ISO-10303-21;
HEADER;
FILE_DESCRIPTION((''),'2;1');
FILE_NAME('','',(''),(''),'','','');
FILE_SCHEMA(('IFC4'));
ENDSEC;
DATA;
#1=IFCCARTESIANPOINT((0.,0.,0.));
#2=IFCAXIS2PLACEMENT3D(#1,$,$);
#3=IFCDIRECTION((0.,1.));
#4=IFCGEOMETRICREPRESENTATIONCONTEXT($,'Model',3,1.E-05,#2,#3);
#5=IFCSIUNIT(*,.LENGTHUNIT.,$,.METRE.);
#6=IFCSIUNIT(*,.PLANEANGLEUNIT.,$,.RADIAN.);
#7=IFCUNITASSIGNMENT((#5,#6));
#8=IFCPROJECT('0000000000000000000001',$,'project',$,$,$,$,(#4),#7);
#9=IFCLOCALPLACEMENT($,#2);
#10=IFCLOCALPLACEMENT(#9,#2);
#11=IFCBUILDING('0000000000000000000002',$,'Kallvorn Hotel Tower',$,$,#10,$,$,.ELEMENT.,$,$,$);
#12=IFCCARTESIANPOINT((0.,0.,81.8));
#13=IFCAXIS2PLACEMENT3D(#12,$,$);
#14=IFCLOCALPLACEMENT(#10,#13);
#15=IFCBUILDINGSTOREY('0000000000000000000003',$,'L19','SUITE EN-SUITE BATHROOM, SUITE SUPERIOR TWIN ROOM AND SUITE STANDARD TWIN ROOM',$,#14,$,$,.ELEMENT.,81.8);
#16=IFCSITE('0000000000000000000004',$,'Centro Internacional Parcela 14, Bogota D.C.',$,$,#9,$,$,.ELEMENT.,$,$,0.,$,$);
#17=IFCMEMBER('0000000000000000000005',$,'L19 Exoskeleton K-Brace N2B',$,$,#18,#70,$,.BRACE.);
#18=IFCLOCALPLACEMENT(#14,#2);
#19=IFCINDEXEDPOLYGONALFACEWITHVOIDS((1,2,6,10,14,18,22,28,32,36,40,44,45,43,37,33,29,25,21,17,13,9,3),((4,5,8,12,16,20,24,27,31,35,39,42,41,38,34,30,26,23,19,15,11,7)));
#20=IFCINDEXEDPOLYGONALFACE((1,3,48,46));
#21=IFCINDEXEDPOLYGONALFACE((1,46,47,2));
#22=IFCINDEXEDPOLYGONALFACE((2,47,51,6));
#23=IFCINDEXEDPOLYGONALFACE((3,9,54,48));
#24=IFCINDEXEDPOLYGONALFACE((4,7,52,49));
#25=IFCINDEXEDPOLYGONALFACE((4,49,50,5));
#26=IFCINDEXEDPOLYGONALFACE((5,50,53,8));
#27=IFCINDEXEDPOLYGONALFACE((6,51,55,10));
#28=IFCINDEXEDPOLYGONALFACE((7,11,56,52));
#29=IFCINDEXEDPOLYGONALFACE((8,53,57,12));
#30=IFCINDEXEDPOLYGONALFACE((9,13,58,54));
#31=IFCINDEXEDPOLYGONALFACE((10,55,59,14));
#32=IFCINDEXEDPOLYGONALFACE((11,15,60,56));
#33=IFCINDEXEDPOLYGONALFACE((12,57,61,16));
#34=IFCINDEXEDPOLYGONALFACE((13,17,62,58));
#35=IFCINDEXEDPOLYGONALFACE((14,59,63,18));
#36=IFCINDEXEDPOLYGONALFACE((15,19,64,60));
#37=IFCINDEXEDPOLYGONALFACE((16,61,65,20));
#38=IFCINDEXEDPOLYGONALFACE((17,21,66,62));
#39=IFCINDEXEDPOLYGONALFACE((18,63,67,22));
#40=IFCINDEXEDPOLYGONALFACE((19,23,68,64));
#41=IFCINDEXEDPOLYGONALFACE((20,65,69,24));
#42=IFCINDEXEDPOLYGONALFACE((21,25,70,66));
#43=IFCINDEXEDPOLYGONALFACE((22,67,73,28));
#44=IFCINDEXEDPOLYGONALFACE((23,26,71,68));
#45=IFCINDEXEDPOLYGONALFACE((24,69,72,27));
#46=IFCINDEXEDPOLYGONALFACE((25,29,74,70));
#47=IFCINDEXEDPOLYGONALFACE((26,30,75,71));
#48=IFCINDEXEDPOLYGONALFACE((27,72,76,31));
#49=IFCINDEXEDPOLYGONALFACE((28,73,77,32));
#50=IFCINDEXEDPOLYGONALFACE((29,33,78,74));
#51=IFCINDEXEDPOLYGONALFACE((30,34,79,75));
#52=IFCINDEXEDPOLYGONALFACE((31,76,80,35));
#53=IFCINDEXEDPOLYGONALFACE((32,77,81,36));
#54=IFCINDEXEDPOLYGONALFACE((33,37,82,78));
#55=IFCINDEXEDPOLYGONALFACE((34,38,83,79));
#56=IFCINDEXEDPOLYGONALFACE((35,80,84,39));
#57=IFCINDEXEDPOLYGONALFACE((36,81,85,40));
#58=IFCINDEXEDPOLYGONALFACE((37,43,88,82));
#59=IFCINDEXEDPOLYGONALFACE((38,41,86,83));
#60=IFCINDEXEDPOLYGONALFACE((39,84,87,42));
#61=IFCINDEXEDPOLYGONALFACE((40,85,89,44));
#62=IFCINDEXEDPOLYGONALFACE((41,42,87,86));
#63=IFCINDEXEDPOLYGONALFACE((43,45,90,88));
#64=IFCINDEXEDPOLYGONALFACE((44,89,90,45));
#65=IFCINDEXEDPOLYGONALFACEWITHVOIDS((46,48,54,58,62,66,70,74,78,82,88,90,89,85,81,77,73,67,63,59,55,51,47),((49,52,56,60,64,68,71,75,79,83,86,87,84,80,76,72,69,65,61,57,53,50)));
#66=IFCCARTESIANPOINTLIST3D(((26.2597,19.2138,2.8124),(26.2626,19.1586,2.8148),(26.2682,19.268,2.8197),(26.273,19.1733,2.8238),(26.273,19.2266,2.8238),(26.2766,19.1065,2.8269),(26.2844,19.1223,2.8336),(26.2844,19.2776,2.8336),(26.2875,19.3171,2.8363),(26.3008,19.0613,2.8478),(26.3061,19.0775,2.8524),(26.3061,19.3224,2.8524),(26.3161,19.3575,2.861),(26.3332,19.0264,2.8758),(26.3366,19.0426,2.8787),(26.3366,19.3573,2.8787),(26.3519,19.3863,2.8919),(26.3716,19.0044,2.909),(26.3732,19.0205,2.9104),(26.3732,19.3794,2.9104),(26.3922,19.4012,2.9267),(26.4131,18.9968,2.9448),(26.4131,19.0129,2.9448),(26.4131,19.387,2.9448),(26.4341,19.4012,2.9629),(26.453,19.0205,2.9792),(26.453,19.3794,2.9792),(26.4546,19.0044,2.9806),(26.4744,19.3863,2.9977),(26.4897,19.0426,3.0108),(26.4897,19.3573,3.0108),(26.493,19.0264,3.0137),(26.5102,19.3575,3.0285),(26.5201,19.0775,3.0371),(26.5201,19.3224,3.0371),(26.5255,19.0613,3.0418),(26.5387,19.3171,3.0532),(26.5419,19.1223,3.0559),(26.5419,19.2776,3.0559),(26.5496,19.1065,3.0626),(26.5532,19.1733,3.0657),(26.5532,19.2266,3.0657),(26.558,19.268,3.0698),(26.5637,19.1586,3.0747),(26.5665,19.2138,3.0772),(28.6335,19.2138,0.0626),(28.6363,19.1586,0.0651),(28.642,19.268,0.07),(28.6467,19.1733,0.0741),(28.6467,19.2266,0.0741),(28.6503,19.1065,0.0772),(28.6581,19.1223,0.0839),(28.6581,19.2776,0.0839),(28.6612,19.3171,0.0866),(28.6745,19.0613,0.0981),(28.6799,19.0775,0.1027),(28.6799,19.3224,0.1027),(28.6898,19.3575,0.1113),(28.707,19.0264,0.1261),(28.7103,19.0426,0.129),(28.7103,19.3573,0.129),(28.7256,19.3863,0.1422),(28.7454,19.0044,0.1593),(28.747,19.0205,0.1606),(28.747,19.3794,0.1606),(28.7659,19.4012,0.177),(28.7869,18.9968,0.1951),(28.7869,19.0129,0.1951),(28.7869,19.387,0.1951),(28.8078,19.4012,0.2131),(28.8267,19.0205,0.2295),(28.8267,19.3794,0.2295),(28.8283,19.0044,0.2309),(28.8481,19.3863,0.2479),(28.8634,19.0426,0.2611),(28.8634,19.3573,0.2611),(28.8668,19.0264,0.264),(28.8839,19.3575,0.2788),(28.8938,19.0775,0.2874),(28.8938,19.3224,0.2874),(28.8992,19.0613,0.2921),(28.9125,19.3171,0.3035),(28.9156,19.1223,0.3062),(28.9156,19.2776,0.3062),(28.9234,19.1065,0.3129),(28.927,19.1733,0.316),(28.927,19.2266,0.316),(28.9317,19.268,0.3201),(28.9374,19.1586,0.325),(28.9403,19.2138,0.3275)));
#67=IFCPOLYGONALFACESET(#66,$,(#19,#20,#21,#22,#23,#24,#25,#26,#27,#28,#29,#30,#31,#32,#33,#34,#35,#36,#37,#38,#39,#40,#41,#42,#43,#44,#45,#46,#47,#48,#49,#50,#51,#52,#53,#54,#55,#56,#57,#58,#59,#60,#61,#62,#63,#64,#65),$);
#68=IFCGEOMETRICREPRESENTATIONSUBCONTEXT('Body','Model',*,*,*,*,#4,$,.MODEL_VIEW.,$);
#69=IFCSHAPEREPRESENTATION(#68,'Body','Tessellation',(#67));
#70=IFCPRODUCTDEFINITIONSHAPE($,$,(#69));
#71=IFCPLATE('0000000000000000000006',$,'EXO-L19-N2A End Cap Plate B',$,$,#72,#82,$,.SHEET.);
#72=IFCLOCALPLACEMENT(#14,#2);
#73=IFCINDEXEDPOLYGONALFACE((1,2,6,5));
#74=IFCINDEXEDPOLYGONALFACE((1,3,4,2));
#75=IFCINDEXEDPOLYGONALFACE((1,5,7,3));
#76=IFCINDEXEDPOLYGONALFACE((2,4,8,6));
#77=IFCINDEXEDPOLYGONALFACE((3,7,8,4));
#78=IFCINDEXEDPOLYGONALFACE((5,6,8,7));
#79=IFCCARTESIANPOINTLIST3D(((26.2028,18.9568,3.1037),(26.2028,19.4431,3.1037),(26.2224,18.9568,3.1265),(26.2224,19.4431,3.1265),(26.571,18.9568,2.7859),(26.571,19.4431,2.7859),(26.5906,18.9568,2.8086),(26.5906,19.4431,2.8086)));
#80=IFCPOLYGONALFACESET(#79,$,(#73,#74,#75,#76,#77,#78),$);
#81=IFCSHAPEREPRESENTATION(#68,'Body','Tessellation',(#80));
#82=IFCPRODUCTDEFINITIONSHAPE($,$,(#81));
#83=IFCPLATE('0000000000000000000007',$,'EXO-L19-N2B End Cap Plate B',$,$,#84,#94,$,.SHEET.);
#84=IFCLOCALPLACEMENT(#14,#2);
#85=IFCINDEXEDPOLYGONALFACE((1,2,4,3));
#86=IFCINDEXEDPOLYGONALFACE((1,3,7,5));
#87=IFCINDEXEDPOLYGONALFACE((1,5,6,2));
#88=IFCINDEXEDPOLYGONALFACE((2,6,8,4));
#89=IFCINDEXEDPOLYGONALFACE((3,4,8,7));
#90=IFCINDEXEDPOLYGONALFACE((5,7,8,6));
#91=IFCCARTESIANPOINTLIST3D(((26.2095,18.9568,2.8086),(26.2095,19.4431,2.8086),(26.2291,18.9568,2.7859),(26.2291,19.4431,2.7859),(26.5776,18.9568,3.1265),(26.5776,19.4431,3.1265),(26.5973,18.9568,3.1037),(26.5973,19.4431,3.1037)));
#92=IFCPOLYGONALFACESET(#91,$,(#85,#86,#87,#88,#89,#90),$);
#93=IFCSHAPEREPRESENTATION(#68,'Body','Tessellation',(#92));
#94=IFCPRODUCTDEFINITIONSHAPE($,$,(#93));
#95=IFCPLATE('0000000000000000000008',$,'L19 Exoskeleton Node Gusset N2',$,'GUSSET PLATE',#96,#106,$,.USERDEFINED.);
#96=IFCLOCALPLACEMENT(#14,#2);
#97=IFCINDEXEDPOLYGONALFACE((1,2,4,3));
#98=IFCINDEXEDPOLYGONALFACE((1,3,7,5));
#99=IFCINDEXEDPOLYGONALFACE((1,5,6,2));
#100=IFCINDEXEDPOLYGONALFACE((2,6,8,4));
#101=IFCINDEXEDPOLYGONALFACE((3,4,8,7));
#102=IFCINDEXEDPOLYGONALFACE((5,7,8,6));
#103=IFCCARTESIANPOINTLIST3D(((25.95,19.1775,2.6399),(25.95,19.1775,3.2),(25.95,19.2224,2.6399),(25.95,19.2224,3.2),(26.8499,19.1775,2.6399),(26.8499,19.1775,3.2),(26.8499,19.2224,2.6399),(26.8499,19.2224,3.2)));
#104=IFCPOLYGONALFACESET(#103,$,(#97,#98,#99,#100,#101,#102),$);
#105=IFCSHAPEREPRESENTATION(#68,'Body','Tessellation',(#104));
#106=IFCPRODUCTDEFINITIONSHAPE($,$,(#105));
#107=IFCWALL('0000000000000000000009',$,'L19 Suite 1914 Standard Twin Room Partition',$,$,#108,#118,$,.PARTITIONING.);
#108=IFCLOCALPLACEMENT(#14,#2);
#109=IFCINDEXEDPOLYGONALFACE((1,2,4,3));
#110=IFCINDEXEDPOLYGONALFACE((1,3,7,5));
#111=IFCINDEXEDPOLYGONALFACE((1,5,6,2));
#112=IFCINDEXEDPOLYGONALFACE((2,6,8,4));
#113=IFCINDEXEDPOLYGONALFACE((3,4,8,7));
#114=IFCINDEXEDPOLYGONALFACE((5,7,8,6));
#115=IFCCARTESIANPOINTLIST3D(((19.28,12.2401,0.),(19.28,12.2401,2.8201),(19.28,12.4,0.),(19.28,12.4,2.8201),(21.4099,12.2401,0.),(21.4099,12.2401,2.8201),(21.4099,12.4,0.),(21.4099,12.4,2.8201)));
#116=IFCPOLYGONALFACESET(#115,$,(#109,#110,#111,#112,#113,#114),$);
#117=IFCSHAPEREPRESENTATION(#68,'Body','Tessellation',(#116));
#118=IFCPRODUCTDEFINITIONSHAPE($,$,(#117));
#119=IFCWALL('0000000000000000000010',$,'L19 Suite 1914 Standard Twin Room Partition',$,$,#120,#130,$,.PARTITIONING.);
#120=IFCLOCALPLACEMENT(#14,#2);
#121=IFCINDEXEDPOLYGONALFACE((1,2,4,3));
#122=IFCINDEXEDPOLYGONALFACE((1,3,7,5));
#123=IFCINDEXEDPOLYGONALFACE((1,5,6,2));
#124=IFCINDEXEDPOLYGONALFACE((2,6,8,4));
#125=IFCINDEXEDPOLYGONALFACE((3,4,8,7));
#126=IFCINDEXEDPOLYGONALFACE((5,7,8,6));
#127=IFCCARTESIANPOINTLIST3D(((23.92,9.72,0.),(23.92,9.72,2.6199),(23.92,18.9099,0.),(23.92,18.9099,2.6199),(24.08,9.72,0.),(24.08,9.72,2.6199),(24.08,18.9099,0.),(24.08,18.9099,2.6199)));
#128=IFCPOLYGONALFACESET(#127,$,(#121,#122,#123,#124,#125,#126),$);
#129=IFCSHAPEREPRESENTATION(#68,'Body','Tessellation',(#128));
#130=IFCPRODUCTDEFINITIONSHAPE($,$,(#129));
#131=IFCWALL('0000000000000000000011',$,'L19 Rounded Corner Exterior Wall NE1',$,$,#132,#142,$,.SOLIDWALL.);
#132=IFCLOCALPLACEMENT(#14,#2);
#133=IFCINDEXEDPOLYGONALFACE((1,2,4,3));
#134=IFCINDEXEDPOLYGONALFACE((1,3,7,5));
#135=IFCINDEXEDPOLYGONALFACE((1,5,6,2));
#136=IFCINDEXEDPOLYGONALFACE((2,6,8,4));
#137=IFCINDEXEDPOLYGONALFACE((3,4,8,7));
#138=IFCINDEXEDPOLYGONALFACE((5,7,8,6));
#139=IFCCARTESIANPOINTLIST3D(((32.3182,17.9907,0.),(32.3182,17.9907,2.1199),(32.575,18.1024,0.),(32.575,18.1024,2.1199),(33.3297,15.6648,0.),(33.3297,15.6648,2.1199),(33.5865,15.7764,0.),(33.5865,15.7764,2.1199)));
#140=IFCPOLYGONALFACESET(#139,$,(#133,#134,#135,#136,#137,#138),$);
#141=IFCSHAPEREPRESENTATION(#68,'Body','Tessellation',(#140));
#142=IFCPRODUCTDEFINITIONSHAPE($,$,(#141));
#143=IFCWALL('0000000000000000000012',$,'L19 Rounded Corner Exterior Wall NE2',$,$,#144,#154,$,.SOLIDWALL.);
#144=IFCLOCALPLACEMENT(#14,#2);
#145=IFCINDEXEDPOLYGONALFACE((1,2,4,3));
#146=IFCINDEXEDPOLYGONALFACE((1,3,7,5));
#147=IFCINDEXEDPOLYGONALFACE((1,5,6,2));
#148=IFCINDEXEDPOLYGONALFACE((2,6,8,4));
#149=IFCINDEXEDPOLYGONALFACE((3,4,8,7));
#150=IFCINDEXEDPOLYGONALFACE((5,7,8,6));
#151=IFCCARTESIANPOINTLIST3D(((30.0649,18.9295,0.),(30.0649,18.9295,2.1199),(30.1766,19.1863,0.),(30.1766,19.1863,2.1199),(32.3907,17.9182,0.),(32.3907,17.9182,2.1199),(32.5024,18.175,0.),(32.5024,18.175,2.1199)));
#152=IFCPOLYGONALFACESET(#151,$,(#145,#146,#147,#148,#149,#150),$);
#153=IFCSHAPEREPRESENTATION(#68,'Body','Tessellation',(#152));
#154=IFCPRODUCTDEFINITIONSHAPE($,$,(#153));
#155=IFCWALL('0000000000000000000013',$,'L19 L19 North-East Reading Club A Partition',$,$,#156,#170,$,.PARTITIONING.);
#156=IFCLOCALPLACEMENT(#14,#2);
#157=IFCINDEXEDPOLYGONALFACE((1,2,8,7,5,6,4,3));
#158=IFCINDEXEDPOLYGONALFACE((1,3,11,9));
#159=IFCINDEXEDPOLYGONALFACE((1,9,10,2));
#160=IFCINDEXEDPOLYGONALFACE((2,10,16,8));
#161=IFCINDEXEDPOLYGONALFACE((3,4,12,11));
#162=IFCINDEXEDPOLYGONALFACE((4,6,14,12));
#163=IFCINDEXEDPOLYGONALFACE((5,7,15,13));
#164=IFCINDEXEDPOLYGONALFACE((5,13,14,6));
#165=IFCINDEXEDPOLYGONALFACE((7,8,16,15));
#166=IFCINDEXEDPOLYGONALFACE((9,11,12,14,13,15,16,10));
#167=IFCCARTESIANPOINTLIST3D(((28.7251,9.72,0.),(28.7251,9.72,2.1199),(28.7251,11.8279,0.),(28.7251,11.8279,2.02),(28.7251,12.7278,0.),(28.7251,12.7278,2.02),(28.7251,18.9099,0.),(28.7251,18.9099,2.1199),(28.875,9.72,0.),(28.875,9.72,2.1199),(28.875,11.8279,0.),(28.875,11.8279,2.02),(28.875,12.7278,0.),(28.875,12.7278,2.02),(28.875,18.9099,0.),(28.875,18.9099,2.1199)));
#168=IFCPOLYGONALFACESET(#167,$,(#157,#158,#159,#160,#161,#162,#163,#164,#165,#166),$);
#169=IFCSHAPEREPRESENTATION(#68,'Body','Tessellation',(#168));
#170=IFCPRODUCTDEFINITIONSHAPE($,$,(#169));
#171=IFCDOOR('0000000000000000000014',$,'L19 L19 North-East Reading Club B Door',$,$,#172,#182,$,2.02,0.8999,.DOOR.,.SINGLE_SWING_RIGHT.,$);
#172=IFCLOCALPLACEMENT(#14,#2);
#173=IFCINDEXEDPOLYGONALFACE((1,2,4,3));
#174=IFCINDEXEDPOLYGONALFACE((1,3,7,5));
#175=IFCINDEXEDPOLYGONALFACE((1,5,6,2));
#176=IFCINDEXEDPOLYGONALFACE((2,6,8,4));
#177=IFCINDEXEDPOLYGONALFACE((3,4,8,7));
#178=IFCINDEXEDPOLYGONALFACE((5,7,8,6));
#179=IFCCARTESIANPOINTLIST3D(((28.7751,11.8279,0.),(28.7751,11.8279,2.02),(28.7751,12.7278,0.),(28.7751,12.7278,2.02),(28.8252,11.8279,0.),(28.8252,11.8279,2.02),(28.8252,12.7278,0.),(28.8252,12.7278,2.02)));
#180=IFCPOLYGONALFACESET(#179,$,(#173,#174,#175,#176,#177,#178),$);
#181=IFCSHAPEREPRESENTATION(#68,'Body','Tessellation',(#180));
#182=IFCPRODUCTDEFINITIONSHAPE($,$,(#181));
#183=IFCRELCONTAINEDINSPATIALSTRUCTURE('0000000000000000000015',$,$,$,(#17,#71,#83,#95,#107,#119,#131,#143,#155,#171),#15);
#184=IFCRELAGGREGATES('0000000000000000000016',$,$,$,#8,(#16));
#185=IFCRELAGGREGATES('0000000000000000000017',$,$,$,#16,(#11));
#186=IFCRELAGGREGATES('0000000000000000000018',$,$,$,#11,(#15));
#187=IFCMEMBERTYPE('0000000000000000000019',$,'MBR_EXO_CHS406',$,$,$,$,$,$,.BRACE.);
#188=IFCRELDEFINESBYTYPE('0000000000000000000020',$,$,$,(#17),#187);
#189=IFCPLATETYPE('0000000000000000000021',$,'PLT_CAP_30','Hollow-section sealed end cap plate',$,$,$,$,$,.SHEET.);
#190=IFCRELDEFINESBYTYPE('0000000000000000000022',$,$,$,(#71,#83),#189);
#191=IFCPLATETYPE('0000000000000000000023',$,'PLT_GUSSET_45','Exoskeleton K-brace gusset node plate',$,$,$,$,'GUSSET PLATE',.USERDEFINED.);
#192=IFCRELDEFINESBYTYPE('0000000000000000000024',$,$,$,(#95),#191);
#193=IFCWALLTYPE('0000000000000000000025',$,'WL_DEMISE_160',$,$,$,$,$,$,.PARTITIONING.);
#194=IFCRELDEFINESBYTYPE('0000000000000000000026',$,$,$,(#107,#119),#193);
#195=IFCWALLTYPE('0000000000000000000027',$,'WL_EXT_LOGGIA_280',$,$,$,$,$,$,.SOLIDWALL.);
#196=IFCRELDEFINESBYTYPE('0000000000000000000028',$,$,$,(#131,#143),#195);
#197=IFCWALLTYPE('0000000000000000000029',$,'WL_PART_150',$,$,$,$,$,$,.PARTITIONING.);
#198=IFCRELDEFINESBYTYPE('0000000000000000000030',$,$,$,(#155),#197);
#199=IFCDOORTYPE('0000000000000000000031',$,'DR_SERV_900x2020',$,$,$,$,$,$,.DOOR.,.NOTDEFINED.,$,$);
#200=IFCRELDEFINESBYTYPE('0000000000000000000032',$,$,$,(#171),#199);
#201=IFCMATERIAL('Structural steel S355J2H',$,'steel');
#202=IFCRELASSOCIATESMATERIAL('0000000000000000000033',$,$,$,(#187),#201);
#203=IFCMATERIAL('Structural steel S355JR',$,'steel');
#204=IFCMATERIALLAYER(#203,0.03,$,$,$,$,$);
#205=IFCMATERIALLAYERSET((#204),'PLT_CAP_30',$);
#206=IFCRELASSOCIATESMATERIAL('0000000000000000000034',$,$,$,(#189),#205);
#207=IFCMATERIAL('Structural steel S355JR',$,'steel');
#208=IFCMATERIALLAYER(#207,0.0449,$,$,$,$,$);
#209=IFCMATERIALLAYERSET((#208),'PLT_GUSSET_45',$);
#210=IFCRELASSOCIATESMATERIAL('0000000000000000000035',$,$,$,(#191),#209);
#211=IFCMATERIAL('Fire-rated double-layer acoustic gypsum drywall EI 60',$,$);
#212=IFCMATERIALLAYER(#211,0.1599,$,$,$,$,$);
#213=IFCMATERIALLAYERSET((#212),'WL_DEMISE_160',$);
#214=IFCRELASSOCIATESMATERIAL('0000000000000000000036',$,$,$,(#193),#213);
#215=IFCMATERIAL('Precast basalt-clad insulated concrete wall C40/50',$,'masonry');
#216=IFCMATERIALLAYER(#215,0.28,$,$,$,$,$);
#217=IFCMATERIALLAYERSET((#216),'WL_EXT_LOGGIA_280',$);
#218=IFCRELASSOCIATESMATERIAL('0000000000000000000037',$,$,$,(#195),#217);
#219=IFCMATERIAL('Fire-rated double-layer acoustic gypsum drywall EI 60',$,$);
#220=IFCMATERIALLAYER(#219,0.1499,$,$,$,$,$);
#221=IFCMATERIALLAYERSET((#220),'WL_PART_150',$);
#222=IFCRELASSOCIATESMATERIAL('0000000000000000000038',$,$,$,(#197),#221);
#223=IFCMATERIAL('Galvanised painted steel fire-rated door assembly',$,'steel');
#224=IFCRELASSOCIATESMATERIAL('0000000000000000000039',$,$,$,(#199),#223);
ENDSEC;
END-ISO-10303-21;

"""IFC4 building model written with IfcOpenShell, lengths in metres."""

from ifc_helpers import new_model, si_unit, direction, frame, frame_2d, origin, origin_2d, place, context, subcontext, project, spatial, polyline, rectangle, hollow_circle, outline, extrude, material, layer, layer_set, material_profile, profile_set, type_object, element, fill, save


model = new_model("IFC4")

# Units and contexts
model_context = context("Model", 3, precision=1e-05, world=origin(), true_north=direction((0.0, 1.0)))
body_context = subcontext(model_context, "Body", "Model", "MODEL_VIEW")
ifc_project = project(units=[si_unit("LENGTHUNIT", "METRE"), si_unit("PLANEANGLEUNIT", "RADIAN")], contexts=[model_context])

# Site, building, storey
site_placement = place(None, origin())
site = spatial("IfcSite", under=ifc_project, at=site_placement, Name="Centro Internacional Parcela 14, Bogota D.C.", CompositionType="ELEMENT", RefElevation=0.0)
building_placement = place(site_placement, origin())
building = spatial("IfcBuilding", under=site, at=building_placement, Name="Kallvorn Hotel Tower", CompositionType="ELEMENT")
storey_placement = place(building_placement, frame((0.0, 0.0, 81.8)))
storey = spatial("IfcBuildingStorey", under=building, at=storey_placement, Name="L19", Description="SUITE EN-SUITE BATHROOM, SUITE SUPERIOR TWIN ROOM AND SUITE STANDARD TWIN ROOM", CompositionType="ELEMENT", Elevation=81.8)

# Member
ifc_material_1 = material(Name="Structural steel S355J2H", Category="steel")
ifc_material_profile_1 = material_profile(ifc_material_1, hollow_circle(Radius=0.2031, WallThickness=0.0161, at=origin_2d()), Name="CHS 406.4x16")
ifc_profile_set_1 = profile_set([ifc_material_profile_1], Name="Structural steel S355J2H")
member_type_1 = type_object("IfcMemberType", Name="MBR_EXO_CHS406", PredefinedType="BRACE", material=ifc_profile_set_1)
for number, where, z_axis, x_axis, name in (
    (1, (28.7869, 19.2, 0.1951), (-0.653461, 0.0, 0.756961), (0.0, -1.0, 0.0), "L19 Exoskeleton K-Brace N2B"),
):
    element("IfcMember", number, at=place(storey_placement, frame(where, z_axis=z_axis, x_axis=x_axis)), inside=storey, type_object=member_type_1, Name=name, PredefinedType="BRACE", context=body_context, shape_type="SweptSolid", body=[
        extrude(hollow_circle(Radius=0.2031, WallThickness=0.0161, at=origin_2d()), origin(), (0.0, 0.0, 1.0), 3.6326),
    ])

# Plates
ifc_material_2 = material(Name="Structural steel S355JR", Category="steel")
ifc_layer_1 = layer(ifc_material_2, 0.03)
ifc_layer_set_1 = layer_set([ifc_layer_1], Name="PLT_CAP_30")
plate_type_1 = type_object("IfcPlateType", Name="PLT_CAP_30", Description="Hollow-section sealed end cap plate", PredefinedType="SHEET", material=ifc_layer_set_1)
for number, where, z_axis, x_axis, name in (
    (2, (26.5906, 18.9568, 2.8086), (0.653515, 0.0, 0.756913), (0.0, 1.0, 0.0), "EXO-L19-N2A End Cap Plate B"),
    (3, (26.2095, 19.4431, 2.8086), (-0.653515, 0.0, 0.756913), (0.0, -1.0, 0.0), "EXO-L19-N2B End Cap Plate B"),
):
    element("IfcPlate", number, at=place(storey_placement, frame(where, z_axis=z_axis, x_axis=x_axis)), inside=storey, type_object=plate_type_1, Name=name, PredefinedType="SHEET", context=body_context, shape_type="SweptSolid", body=[
        extrude(outline(polyline([(0.0, 0.0), (0.4863, 0.0), (0.4863, 0.4864), (0.0, 0.4864), (0.0, 0.0)])), origin(), (0.0, 0.0, -1.0), 0.03),
    ])
ifc_material_3 = material(Name="Structural steel S355JR", Category="steel")
ifc_layer_2 = layer(ifc_material_3, 0.0449)
ifc_layer_set_2 = layer_set([ifc_layer_2], Name="PLT_GUSSET_45")
plate_type_2 = type_object("IfcPlateType", Name="PLT_GUSSET_45", Description="Exoskeleton K-brace gusset node plate", ElementType="GUSSET PLATE", PredefinedType="USERDEFINED", material=ifc_layer_set_2)
plate_placement = place(storey_placement, frame((26.3999, 19.2, 2.6399), z_axis=(0.0, 0.0, 1.0), x_axis=(1.0, 0.0, 0.0)))
element("IfcPlate", 4, at=plate_placement, inside=storey, type_object=plate_type_2, Name="L19 Exoskeleton Node Gusset N2", ObjectType="GUSSET PLATE", PredefinedType="USERDEFINED", context=body_context, shape_type="SweptSolid", body=[
    extrude(rectangle(XDim=0.8999, YDim=0.0449, at=origin_2d()), origin(), (0.0, 0.0, 1.0), 0.5601),
])

# Walls
ifc_material_4 = material(Name="Fire-rated double-layer acoustic gypsum drywall EI 60")
ifc_layer_3 = layer(ifc_material_4, 0.1599)
ifc_layer_set_3 = layer_set([ifc_layer_3], Name="WL_DEMISE_160")
wall_type_1 = type_object("IfcWallType", Name="WL_DEMISE_160", PredefinedType="PARTITIONING", material=ifc_layer_set_3)
wall_1_placement = place(storey_placement, frame((19.28, 12.3201, 0.0), z_axis=(0.0, 0.0, 1.0), x_axis=(1.0, 0.0, 0.0)))
element("IfcWall", 5, at=wall_1_placement, inside=storey, type_object=wall_type_1, Name="L19 Suite 1914 Standard Twin Room Partition", PredefinedType="PARTITIONING", context=body_context, shape_type="SweptSolid", body=[
    extrude(rectangle(XDim=2.1299, YDim=0.1599, at=frame_2d((1.0649, 0.0))), origin(), (0.0, 0.0, 1.0), 2.8201),
])
wall_2_placement = place(storey_placement, frame((24.0, 9.72, 0.0), z_axis=(0.0, 0.0, 1.0), x_axis=(0.0, 1.0, 0.0)))
element("IfcWall", 6, at=wall_2_placement, inside=storey, type_object=wall_type_1, Name="L19 Suite 1914 Standard Twin Room Partition", PredefinedType="PARTITIONING", context=body_context, shape_type="SweptSolid", body=[
    extrude(rectangle(XDim=9.1899, YDim=0.1599, at=frame_2d((4.595, 0.0))), origin(), (0.0, 0.0, 1.0), 2.6199),
])
ifc_material_5 = material(Name="Precast basalt-clad insulated concrete wall C40/50", Category="masonry")
ifc_layer_4 = layer(ifc_material_5, 0.28)
ifc_layer_set_4 = layer_set([ifc_layer_4], Name="WL_EXT_LOGGIA_280")
wall_type_2 = type_object("IfcWallType", Name="WL_EXT_LOGGIA_280", PredefinedType="SOLIDWALL", material=ifc_layer_set_4)
wall_3_placement = place(storey_placement, frame((33.458, 15.7207, 0.0), z_axis=(0.0, 0.0, 1.0), x_axis=(-0.398793, 0.917041, 0.0)))
element("IfcWall", 7, at=wall_3_placement, inside=storey, type_object=wall_type_2, Name="L19 Rounded Corner Exterior Wall NE1", PredefinedType="SOLIDWALL", context=body_context, shape_type="SweptSolid", body=[
    extrude(rectangle(XDim=2.5364, YDim=0.28, at=frame_2d((1.2681, 0.0))), origin(), (0.0, 0.0, 1.0), 2.1199),
])
wall_4_placement = place(storey_placement, frame((32.4465, 18.0466, 0.0), z_axis=(0.0, 0.0, 1.0), x_axis=(-0.917061, 0.398747, 0.0)))
element("IfcWall", 8, at=wall_4_placement, inside=storey, type_object=wall_type_2, Name="L19 Rounded Corner Exterior Wall NE2", PredefinedType="SOLIDWALL", context=body_context, shape_type="SweptSolid", body=[
    extrude(rectangle(XDim=2.5361, YDim=0.28, at=frame_2d((1.2681, 0.0))), origin(), (0.0, 0.0, 1.0), 2.1199),
])

# Wall, opening, door
ifc_material_6 = material(Name="Fire-rated double-layer acoustic gypsum drywall EI 60")
ifc_layer_5 = layer(ifc_material_6, 0.1499)
ifc_layer_set_5 = layer_set([ifc_layer_5], Name="WL_PART_150")
wall_type_3 = type_object("IfcWallType", Name="WL_PART_150", PredefinedType="PARTITIONING", material=ifc_layer_set_5)
wall_5_placement = place(storey_placement, frame((28.8, 9.72, 0.0), z_axis=(0.0, 0.0, 1.0), x_axis=(0.0, 1.0, 0.0)))
wall_5 = element("IfcWall", 9, at=wall_5_placement, inside=storey, type_object=wall_type_3, Name="L19 L19 North-East Reading Club A Partition", PredefinedType="PARTITIONING", context=body_context, shape_type="SweptSolid", body=[
    extrude(rectangle(XDim=9.1899, YDim=0.1499, at=frame_2d((4.595, 0.0))), origin(), (0.0, 0.0, 1.0), 2.1199),
])
opening_placement = place(wall_5_placement, frame((2.1079, 0.0, 0.0)))
opening = element("IfcOpeningElement", 10, at=opening_placement, cuts=wall_5, PredefinedType="OPENING", context=body_context, shape_type="SweptSolid", body=[
    extrude(rectangle(XDim=0.8999, YDim=2.02, at=frame_2d((0.45, 1.01))), frame((0.0, 0.0898, 0.0), z_axis=(0.0, -1.0, 0.0), x_axis=(1.0, 0.0, 0.0)), (0.0, 0.0, 1.0), 0.1799),
])
ifc_material_7 = material(Name="Galvanised painted steel fire-rated door assembly", Category="steel")
door_type = type_object("IfcDoorType", Name="DR_SERV_900x2020", OperationType="NOTDEFINED", PredefinedType="DOOR", material=ifc_material_7)
door_placement = place(opening_placement, origin())
door = element("IfcDoor", 11, at=door_placement, inside=storey, type_object=door_type, Name="L19 L19 North-East Reading Club B Door", OperationType="SINGLE_SWING_RIGHT", OverallHeight=2.02, OverallWidth=0.8999, PredefinedType="DOOR", context=body_context, shape_type="SweptSolid", body=[
    extrude(rectangle(XDim=0.8999, YDim=2.02, at=frame_2d((0.45, 1.01))), frame((0.0, 0.0249, 0.0), z_axis=(0.0, -1.0, 0.0), x_axis=(1.0, 0.0, 0.0)), (0.0, 0.0, 1.0), 0.05),
])
fill(opening, door)

save(model, "model.ifc")
